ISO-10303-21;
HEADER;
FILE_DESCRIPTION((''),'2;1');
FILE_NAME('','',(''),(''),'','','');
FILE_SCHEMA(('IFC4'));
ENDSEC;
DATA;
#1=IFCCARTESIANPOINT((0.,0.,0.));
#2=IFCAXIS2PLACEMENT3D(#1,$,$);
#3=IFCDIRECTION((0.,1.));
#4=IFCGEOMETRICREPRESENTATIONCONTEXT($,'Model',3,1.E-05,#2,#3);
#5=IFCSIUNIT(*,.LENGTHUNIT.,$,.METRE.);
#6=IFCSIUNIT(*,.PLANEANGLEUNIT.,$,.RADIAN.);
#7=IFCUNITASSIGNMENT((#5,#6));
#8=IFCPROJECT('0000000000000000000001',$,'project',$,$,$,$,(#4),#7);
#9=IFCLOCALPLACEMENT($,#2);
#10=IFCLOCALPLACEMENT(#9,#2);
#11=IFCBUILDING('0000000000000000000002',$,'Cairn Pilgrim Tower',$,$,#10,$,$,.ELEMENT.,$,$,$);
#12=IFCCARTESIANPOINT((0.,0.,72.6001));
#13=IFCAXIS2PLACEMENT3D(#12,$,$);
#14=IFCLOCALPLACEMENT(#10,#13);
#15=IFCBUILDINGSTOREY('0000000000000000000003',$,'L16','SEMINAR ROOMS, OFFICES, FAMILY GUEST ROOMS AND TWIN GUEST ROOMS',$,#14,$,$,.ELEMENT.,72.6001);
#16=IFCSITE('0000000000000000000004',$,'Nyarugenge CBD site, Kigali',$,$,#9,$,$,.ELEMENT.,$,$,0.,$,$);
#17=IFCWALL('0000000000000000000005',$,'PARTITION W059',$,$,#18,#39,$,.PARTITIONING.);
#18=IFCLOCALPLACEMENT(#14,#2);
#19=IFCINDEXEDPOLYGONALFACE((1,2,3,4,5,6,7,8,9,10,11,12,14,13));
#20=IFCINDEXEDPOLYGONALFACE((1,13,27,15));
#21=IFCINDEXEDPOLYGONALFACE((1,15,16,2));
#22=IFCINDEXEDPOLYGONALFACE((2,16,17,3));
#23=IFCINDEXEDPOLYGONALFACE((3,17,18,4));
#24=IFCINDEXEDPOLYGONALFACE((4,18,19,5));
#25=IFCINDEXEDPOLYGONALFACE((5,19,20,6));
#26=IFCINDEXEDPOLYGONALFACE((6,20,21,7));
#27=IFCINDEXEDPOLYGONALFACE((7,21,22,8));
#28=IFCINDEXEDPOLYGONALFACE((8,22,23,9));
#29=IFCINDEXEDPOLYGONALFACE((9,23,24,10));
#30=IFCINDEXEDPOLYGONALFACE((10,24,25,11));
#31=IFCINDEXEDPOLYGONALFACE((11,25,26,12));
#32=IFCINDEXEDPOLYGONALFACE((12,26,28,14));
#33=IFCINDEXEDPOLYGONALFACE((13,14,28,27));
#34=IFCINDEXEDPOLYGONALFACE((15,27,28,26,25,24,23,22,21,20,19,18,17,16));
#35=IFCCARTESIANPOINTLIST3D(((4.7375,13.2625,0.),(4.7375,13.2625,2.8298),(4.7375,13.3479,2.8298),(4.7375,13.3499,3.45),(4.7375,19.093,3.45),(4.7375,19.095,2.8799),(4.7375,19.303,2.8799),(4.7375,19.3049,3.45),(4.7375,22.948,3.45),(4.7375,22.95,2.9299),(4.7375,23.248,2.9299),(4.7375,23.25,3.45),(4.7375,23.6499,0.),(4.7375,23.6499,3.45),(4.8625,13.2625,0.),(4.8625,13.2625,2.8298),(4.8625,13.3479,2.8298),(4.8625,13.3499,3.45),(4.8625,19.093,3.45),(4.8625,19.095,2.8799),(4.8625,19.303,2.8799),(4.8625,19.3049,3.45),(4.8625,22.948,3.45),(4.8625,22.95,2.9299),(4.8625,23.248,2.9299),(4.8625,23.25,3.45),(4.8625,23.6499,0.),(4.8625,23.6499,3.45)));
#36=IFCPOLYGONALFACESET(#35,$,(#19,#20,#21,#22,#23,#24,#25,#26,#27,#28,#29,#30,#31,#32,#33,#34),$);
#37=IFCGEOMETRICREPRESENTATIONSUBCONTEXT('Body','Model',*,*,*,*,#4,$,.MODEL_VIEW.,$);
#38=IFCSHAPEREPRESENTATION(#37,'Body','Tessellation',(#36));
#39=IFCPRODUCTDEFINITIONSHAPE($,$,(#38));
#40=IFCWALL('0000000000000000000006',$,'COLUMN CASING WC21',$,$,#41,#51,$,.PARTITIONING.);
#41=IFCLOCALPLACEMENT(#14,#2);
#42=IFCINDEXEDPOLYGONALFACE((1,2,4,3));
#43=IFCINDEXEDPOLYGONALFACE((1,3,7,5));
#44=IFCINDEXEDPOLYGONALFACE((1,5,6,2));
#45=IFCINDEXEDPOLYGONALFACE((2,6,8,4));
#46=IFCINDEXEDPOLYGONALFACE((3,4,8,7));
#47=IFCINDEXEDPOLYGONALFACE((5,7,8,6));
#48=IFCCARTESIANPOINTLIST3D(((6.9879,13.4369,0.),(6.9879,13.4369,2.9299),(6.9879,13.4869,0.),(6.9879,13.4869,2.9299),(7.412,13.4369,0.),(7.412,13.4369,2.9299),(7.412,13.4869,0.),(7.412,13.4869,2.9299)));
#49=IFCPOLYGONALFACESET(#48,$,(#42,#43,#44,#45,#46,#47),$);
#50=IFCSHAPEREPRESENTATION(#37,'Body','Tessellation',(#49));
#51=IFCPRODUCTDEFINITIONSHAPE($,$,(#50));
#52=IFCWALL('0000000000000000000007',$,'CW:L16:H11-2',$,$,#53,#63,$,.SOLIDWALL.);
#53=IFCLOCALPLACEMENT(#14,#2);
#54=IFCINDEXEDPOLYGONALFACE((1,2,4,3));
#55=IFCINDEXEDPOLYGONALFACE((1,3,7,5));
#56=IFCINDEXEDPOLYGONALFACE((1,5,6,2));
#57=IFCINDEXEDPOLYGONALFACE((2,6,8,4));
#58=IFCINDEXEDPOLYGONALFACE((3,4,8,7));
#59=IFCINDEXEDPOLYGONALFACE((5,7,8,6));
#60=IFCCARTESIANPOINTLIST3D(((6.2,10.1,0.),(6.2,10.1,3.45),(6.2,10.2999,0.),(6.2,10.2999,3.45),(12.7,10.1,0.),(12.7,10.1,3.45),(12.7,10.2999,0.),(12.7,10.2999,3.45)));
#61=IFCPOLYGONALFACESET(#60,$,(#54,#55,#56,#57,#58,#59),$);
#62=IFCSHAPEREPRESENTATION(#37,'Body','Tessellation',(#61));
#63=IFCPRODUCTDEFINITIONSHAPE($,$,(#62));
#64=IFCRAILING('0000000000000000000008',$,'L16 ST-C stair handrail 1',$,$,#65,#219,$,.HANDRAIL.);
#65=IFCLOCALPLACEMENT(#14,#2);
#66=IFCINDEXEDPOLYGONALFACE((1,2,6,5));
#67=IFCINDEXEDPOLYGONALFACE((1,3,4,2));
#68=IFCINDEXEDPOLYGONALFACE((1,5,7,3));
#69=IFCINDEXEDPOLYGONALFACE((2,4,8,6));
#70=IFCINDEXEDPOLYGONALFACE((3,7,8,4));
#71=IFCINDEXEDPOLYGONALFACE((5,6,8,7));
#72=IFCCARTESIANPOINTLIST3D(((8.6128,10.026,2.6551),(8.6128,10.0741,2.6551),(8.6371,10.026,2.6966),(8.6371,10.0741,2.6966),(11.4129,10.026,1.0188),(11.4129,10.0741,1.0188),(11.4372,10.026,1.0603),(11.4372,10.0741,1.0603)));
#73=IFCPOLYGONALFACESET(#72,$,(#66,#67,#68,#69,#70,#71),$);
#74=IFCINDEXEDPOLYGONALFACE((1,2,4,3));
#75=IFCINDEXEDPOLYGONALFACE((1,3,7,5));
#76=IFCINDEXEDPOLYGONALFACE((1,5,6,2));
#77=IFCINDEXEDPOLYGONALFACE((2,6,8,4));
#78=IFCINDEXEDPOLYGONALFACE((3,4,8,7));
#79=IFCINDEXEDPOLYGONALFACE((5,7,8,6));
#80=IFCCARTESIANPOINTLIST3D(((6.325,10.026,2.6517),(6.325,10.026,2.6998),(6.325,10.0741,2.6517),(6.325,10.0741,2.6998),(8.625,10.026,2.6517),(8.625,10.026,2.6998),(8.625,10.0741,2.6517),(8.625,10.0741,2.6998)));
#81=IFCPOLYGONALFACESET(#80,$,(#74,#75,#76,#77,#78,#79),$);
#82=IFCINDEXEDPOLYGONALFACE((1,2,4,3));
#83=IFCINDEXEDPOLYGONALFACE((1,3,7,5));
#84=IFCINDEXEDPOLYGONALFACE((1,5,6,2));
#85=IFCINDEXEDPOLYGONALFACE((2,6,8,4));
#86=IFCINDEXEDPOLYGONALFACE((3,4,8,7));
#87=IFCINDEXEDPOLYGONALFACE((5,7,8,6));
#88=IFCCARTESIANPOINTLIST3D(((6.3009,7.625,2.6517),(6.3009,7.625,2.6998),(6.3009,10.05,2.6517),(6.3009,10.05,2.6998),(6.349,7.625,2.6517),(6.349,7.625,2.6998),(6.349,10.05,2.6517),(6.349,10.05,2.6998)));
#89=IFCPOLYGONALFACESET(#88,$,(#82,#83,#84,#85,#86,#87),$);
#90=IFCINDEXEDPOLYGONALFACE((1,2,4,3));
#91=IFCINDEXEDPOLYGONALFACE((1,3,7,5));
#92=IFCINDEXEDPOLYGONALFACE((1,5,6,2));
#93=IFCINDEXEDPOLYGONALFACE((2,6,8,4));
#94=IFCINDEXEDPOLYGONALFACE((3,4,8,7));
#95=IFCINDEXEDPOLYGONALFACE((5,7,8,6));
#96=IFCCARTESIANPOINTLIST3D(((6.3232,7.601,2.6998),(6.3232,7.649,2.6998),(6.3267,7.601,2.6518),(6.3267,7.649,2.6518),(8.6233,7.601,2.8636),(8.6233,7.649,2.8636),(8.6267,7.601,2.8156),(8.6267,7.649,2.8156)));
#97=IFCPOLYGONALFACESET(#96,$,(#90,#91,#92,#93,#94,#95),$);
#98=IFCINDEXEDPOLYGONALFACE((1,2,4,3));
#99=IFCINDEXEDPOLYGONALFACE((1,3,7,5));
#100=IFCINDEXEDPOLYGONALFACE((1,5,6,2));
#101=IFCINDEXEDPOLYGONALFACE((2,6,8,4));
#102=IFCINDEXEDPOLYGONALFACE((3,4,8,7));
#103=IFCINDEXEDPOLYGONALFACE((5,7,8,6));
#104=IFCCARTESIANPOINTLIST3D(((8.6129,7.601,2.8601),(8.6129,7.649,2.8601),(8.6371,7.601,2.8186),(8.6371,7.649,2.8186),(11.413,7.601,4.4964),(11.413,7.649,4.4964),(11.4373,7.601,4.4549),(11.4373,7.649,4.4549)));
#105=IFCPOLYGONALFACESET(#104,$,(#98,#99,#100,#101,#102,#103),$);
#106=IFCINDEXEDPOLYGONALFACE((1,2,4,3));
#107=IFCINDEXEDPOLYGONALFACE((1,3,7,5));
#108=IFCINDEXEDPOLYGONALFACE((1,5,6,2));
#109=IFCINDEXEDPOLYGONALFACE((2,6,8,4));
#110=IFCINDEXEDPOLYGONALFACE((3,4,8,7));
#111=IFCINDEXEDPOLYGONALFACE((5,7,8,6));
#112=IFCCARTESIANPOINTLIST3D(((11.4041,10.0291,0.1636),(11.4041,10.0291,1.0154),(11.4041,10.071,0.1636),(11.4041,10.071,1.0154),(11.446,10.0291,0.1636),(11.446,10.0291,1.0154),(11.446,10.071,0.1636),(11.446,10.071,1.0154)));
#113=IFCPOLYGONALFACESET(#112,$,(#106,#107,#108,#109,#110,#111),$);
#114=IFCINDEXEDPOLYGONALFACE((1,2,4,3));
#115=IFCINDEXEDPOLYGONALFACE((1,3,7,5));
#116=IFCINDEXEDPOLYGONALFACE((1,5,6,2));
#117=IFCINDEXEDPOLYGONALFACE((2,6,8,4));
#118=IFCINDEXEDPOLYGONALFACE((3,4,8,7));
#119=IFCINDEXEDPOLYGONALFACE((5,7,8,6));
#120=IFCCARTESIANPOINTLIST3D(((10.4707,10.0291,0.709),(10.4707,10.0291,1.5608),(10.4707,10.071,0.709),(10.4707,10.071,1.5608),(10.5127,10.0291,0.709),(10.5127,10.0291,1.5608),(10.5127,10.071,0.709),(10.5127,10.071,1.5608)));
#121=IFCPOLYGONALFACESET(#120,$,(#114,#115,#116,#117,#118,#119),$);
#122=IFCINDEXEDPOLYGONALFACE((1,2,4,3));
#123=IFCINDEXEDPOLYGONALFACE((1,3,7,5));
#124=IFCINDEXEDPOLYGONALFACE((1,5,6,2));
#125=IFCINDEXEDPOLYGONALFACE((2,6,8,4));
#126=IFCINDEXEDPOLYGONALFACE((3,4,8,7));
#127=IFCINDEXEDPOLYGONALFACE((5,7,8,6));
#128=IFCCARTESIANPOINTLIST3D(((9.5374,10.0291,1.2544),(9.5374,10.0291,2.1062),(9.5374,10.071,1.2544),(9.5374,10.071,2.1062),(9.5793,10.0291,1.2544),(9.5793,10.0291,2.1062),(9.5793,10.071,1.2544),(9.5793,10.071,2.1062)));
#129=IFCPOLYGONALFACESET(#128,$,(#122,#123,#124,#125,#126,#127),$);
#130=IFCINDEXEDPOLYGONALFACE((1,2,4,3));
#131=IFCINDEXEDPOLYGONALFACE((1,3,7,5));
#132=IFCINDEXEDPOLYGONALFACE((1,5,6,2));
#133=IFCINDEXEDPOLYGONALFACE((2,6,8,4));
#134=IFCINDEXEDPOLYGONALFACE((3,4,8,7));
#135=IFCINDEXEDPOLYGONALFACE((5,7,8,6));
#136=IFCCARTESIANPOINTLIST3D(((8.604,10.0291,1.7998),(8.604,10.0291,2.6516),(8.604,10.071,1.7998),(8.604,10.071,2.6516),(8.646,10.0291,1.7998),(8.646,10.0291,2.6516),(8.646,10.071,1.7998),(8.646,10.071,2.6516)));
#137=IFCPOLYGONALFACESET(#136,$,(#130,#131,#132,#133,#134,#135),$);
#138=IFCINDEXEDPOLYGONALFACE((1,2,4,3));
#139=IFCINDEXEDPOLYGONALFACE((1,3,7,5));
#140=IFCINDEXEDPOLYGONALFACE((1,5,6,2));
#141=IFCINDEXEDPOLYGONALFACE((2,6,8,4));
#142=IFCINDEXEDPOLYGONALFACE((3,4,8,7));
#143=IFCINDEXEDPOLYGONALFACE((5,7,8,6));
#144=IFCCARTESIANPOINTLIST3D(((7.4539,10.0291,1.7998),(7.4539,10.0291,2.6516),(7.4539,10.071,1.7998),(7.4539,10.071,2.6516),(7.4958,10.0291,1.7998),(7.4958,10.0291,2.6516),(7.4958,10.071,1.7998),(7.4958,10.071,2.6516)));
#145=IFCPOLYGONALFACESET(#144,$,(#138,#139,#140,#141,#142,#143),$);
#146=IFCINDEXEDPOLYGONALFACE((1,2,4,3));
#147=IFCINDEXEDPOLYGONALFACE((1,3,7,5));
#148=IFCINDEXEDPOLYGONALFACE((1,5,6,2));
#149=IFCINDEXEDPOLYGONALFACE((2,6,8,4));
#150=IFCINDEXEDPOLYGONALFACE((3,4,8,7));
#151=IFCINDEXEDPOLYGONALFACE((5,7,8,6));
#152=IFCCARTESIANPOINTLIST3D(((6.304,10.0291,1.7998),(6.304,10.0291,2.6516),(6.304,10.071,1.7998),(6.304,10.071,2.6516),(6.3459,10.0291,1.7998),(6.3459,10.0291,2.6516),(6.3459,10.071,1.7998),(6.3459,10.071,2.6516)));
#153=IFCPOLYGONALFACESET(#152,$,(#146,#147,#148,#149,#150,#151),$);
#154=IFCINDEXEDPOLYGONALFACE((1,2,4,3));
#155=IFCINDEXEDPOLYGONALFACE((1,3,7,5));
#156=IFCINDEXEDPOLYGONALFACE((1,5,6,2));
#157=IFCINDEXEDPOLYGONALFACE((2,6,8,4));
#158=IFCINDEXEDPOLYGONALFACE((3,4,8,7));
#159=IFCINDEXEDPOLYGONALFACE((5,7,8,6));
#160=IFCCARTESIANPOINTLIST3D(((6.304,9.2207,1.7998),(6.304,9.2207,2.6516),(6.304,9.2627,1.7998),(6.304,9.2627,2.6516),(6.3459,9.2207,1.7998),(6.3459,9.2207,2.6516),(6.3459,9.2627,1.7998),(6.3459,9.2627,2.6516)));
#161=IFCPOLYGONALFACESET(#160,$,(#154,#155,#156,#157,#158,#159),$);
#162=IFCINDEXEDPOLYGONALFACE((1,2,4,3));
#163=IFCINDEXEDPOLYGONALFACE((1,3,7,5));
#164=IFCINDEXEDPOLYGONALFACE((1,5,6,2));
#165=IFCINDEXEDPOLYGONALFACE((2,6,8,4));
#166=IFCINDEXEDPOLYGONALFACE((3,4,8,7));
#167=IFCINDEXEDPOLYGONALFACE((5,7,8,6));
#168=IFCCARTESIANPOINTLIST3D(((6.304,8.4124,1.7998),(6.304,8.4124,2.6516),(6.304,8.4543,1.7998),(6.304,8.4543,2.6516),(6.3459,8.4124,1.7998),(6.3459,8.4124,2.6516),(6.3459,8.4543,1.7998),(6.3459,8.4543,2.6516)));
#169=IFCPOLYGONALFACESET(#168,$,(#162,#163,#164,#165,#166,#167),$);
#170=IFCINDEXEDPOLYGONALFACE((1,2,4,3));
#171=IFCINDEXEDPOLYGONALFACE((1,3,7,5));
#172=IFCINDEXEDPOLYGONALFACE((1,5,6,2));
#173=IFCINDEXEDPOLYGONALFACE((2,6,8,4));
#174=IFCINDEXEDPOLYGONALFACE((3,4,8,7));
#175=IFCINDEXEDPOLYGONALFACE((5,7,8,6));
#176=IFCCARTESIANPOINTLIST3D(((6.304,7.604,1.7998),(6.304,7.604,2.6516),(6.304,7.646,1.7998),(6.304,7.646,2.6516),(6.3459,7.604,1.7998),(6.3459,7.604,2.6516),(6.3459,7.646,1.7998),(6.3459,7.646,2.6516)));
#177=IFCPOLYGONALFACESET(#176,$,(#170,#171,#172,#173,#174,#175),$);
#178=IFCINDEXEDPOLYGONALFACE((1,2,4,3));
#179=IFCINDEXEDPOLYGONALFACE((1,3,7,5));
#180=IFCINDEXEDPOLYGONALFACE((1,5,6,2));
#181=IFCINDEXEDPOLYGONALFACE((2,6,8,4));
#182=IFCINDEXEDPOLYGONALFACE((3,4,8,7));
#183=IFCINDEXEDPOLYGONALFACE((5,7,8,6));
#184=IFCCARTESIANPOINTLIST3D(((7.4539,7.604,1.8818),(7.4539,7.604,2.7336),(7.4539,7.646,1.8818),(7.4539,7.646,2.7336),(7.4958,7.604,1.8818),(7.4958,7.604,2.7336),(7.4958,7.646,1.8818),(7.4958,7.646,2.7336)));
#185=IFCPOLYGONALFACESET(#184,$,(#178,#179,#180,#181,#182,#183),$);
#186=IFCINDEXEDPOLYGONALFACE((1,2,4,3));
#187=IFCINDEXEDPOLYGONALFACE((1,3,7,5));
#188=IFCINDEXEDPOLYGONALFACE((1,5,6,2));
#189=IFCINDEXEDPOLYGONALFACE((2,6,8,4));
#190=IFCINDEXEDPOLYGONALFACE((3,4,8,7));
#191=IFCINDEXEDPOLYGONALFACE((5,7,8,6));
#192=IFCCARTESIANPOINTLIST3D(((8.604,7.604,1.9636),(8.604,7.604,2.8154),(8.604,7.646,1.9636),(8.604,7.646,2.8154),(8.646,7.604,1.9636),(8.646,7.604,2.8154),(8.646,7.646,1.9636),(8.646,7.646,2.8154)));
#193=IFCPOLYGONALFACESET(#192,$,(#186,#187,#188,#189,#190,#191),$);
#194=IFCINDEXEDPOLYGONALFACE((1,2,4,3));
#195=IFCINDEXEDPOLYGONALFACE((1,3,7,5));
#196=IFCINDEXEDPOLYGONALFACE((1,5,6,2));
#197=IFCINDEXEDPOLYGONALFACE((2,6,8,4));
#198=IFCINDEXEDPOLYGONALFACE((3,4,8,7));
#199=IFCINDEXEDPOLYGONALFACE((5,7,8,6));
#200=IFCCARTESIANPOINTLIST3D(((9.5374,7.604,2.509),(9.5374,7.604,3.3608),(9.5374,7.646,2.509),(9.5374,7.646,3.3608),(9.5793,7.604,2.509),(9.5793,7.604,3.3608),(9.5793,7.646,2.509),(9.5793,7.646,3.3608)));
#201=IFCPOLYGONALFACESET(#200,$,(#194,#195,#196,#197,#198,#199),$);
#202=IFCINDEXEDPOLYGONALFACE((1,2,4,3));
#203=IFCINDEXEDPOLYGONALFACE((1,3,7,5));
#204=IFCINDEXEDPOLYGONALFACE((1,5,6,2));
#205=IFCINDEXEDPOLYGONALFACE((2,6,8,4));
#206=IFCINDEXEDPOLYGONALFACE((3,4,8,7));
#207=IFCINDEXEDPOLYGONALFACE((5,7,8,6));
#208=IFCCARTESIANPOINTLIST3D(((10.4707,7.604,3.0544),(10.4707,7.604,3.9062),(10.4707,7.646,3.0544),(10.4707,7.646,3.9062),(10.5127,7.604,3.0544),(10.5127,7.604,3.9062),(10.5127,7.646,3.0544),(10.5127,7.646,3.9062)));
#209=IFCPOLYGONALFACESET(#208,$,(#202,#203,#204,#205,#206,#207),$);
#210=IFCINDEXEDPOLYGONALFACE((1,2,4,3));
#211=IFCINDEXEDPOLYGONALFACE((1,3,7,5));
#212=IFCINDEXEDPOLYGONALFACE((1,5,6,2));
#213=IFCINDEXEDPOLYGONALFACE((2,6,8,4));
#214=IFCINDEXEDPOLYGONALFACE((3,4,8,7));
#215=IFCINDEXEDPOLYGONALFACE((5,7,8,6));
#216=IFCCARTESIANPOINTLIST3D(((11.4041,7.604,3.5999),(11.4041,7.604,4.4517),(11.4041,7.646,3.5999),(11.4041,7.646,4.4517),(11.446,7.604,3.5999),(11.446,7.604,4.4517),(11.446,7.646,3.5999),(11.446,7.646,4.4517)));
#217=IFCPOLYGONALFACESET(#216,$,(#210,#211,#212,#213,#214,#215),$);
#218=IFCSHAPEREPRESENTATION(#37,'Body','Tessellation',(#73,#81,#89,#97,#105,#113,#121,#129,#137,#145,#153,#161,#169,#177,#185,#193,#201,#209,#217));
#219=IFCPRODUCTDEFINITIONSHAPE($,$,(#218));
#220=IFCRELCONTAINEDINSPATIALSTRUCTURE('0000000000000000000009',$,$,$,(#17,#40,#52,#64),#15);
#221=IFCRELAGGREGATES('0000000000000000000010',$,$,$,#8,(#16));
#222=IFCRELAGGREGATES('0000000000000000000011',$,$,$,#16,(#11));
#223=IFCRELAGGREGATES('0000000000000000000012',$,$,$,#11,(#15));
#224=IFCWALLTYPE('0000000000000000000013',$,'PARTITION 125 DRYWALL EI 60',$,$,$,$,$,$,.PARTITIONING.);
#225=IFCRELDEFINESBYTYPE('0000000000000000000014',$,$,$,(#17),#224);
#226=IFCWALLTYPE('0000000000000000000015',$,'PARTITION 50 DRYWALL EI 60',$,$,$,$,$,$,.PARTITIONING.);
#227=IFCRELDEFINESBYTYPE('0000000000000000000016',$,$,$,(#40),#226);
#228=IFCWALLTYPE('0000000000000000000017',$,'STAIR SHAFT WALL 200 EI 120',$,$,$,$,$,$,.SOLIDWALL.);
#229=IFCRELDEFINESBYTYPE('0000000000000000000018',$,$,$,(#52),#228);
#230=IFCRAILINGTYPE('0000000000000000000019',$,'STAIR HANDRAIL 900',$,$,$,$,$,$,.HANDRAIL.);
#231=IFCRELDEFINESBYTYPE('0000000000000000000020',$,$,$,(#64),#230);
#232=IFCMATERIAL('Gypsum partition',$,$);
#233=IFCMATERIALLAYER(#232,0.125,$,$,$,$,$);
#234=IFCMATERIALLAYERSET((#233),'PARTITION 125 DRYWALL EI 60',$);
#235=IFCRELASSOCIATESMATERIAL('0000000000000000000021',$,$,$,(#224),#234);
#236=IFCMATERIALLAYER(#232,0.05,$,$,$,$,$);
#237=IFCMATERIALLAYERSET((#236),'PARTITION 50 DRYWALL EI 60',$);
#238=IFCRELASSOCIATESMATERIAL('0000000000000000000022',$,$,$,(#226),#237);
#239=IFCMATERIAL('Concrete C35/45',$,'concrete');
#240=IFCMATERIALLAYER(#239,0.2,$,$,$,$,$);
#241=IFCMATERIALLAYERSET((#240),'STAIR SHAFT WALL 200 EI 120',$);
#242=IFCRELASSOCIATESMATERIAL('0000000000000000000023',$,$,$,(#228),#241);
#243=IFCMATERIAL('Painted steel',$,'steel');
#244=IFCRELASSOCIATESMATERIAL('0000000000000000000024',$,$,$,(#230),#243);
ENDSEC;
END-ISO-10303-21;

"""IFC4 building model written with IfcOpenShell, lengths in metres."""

from ifc_helpers import new_model, si_unit, direction, frame, frame_2d, origin, origin_2d, place, context, subcontext, project, spatial, polyline, rectangle, outline, extrude, material, layer, layer_set, type_object, element, save


model = new_model("IFC4")

# Units and contexts
model_context = context("Model", 3, precision=1e-05, world=origin(), true_north=direction((0.0, 1.0)))
body_context = subcontext(model_context, "Body", "Model", "MODEL_VIEW")
ifc_project = project(units=[si_unit("LENGTHUNIT", "METRE"), si_unit("PLANEANGLEUNIT", "RADIAN")], contexts=[model_context])

# Site, building, storey
site_placement = place(None, origin())
site = spatial("IfcSite", under=ifc_project, at=site_placement, Name="Nyarugenge CBD site, Kigali", CompositionType="ELEMENT", RefElevation=0.0)
building_placement = place(site_placement, origin())
building = spatial("IfcBuilding", under=site, at=building_placement, Name="Cairn Pilgrim Tower", CompositionType="ELEMENT")
storey_placement = place(building_placement, frame((0.0, 0.0, 72.6001)))
storey = spatial("IfcBuildingStorey", under=building, at=storey_placement, Name="L16", Description="SEMINAR ROOMS, OFFICES, FAMILY GUEST ROOMS AND TWIN GUEST ROOMS", CompositionType="ELEMENT", Elevation=72.6001)

# Shared definitions
ifc_material_1 = material(Name="Gypsum partition")
ifc_layer_1 = layer(ifc_material_1, 0.125)
ifc_layer_set_1 = layer_set([ifc_layer_1], Name="PARTITION 125 DRYWALL EI 60")
wall_type_1 = type_object("IfcWallType", Name="PARTITION 125 DRYWALL EI 60", PredefinedType="PARTITIONING", material=ifc_layer_set_1)

# Walls
wall_1_placement = place(storey_placement, frame((4.8, 13.2625, 0.0), z_axis=(0.0, 0.0, 1.0), x_axis=(0.0, 1.0, 0.0)))
element("IfcWall", 1, at=wall_1_placement, inside=storey, type_object=wall_type_1, Name="PARTITION W059", PredefinedType="PARTITIONING", context=body_context, shape_type="SweptSolid", body=[
    extrude(outline(polyline([(0.0, 0.0), (10.3875, 0.0), (10.3875, 3.45), (9.9875, 3.45), (9.9856, 2.9299), (9.6875, 2.9299), (9.6855, 3.45), (6.0425, 3.45), (6.0405, 2.8799), (5.8325, 2.8799), (5.8306, 3.45), (0.0874, 3.45), (0.0854, 2.8298), (0.0, 2.8298), (0.0, 0.0)])), frame((0.0, 0.0625, 0.0), z_axis=(0.0, -1.0, 0.0), x_axis=(1.0, 0.0, 0.0)), (0.0, 0.0, 1.0), 0.125),
])
ifc_layer_2 = layer(ifc_material_1, 0.05)
ifc_layer_set_2 = layer_set([ifc_layer_2], Name="PARTITION 50 DRYWALL EI 60")
wall_type_2 = type_object("IfcWallType", Name="PARTITION 50 DRYWALL EI 60", PredefinedType="PARTITIONING", material=ifc_layer_set_2)
wall_2_placement = place(storey_placement, frame((6.988, 13.4619, 0.0), z_axis=(0.0, 0.0, 1.0), x_axis=(1.0, 0.0, 0.0)))
element("IfcWall", 2, at=wall_2_placement, inside=storey, type_object=wall_type_2, Name="COLUMN CASING WC21", PredefinedType="PARTITIONING", context=body_context, shape_type="SweptSolid", body=[
    extrude(rectangle(XDim=0.4241, YDim=0.05, at=frame_2d((0.2119, 0.0))), origin(), (0.0, 0.0, 1.0), 2.9299),
])
ifc_material_2 = material(Name="Concrete C35/45", Category="concrete")
ifc_layer_3 = layer(ifc_material_2, 0.2)
ifc_layer_set_3 = layer_set([ifc_layer_3], Name="STAIR SHAFT WALL 200 EI 120")
wall_type_3 = type_object("IfcWallType", Name="STAIR SHAFT WALL 200 EI 120", PredefinedType="SOLIDWALL", material=ifc_layer_set_3)
wall_3_placement = place(storey_placement, frame((6.2, 10.2, 0.0), z_axis=(0.0, 0.0, 1.0), x_axis=(1.0, 0.0, 0.0)))
element("IfcWall", 3, at=wall_3_placement, inside=storey, type_object=wall_type_3, Name="CW:L16:H11-2", PredefinedType="SOLIDWALL", context=body_context, shape_type="SweptSolid", body=[
    extrude(rectangle(XDim=6.5, YDim=0.2, at=frame_2d((3.25, 0.0))), origin(), (0.0, 0.0, 1.0), 3.45),
])

# Railing
ifc_material_3 = material(Name="Painted steel", Category="steel")
railing_type = type_object("IfcRailingType", Name="STAIR HANDRAIL 900", PredefinedType="HANDRAIL", material=ifc_material_3)
railing_placement = place(storey_placement, frame((11.425, 10.05, 0.1636)))
element("IfcRailing", 4, at=railing_placement, inside=storey, type_object=railing_type, Name="L16 ST-C stair handrail 1", PredefinedType="HANDRAIL", context=body_context, shape_type="SweptSolid", body=[
    extrude(rectangle(XDim=0.0481, YDim=0.0481, at=origin_2d()), frame((0.0, 0.0, 0.876), z_axis=(-0.863394, 0.0, 0.504531), x_axis=(0.0, -1.0, 0.0)), (0.0, 0.0, 1.0), 3.2432),
    extrude(rectangle(XDim=0.0481, YDim=0.0481, at=origin_2d()), frame((-2.8, 0.0, 2.5122), z_axis=(-1.0, 0.0, 0.0), x_axis=(0.0, -1.0, 0.0)), (0.0, 0.0, 1.0), 2.3),
    extrude(rectangle(XDim=0.0481, YDim=0.0481, at=origin_2d()), frame((-5.1001, 0.0, 2.5122), z_axis=(0.0, -1.0, 0.0), x_axis=(1.0, 0.0, 0.0)), (0.0, 0.0, 1.0), 2.425),
    extrude(rectangle(XDim=0.0481, YDim=0.0481, at=origin_2d()), frame((-5.1001, -2.425, 2.5122), z_axis=(0.997473, 0.0, 0.071044), x_axis=(0.0, 1.0, 0.0)), (0.0, 0.0, 1.0), 2.3059),
    extrude(rectangle(XDim=0.0481, YDim=0.0481, at=origin_2d()), frame((-2.8, -2.425, 2.6758), z_axis=(0.863394, 0.0, 0.504531), x_axis=(0.0, 1.0, 0.0)), (0.0, 0.0, 1.0), 3.2432),
    extrude(rectangle(XDim=0.042, YDim=0.042, at=origin_2d()), origin(), (0.0, 0.0, 1.0), 0.8518),
    extrude(rectangle(XDim=0.042, YDim=0.042, at=origin_2d()), frame((-0.9333, 0.0, 0.5454)), (0.0, 0.0, 1.0), 0.8518),
    extrude(rectangle(XDim=0.042, YDim=0.042, at=origin_2d()), frame((-1.8667, 0.0, 1.0908)), (0.0, 0.0, 1.0), 0.8518),
    extrude(rectangle(XDim=0.042, YDim=0.042, at=origin_2d()), frame((-2.8, 0.0, 1.6362)), (0.0, 0.0, 1.0), 0.8518),
    extrude(rectangle(XDim=0.042, YDim=0.042, at=origin_2d()), frame((-3.9502, 0.0, 1.6362)), (0.0, 0.0, 1.0), 0.8518),
    extrude(rectangle(XDim=0.042, YDim=0.042, at=origin_2d()), frame((-5.1001, 0.0, 1.6362)), (0.0, 0.0, 1.0), 0.8518),
    extrude(rectangle(XDim=0.042, YDim=0.042, at=origin_2d()), frame((-5.1001, -0.8083, 1.6362)), (0.0, 0.0, 1.0), 0.8518),
    extrude(rectangle(XDim=0.042, YDim=0.042, at=origin_2d()), frame((-5.1001, -1.6167, 1.6362)), (0.0, 0.0, 1.0), 0.8518),
    extrude(rectangle(XDim=0.042, YDim=0.042, at=origin_2d()), frame((-5.1001, -2.425, 1.6362)), (0.0, 0.0, 1.0), 0.8518),
    extrude(rectangle(XDim=0.042, YDim=0.042, at=origin_2d()), frame((-3.9502, -2.425, 1.7183)), (0.0, 0.0, 1.0), 0.8518),
    extrude(rectangle(XDim=0.042, YDim=0.042, at=origin_2d()), frame((-2.8, -2.425, 1.8)), (0.0, 0.0, 1.0), 0.8518),
    extrude(rectangle(XDim=0.042, YDim=0.042, at=origin_2d()), frame((-1.8667, -2.425, 2.3455)), (0.0, 0.0, 1.0), 0.8518),
    extrude(rectangle(XDim=0.042, YDim=0.042, at=origin_2d()), frame((-0.9333, -2.425, 2.8909)), (0.0, 0.0, 1.0), 0.8518),
    extrude(rectangle(XDim=0.042, YDim=0.042, at=origin_2d()), frame((0.0, -2.425, 3.4363)), (0.0, 0.0, 1.0), 0.8518),
])

save(model, "model.ifc")
